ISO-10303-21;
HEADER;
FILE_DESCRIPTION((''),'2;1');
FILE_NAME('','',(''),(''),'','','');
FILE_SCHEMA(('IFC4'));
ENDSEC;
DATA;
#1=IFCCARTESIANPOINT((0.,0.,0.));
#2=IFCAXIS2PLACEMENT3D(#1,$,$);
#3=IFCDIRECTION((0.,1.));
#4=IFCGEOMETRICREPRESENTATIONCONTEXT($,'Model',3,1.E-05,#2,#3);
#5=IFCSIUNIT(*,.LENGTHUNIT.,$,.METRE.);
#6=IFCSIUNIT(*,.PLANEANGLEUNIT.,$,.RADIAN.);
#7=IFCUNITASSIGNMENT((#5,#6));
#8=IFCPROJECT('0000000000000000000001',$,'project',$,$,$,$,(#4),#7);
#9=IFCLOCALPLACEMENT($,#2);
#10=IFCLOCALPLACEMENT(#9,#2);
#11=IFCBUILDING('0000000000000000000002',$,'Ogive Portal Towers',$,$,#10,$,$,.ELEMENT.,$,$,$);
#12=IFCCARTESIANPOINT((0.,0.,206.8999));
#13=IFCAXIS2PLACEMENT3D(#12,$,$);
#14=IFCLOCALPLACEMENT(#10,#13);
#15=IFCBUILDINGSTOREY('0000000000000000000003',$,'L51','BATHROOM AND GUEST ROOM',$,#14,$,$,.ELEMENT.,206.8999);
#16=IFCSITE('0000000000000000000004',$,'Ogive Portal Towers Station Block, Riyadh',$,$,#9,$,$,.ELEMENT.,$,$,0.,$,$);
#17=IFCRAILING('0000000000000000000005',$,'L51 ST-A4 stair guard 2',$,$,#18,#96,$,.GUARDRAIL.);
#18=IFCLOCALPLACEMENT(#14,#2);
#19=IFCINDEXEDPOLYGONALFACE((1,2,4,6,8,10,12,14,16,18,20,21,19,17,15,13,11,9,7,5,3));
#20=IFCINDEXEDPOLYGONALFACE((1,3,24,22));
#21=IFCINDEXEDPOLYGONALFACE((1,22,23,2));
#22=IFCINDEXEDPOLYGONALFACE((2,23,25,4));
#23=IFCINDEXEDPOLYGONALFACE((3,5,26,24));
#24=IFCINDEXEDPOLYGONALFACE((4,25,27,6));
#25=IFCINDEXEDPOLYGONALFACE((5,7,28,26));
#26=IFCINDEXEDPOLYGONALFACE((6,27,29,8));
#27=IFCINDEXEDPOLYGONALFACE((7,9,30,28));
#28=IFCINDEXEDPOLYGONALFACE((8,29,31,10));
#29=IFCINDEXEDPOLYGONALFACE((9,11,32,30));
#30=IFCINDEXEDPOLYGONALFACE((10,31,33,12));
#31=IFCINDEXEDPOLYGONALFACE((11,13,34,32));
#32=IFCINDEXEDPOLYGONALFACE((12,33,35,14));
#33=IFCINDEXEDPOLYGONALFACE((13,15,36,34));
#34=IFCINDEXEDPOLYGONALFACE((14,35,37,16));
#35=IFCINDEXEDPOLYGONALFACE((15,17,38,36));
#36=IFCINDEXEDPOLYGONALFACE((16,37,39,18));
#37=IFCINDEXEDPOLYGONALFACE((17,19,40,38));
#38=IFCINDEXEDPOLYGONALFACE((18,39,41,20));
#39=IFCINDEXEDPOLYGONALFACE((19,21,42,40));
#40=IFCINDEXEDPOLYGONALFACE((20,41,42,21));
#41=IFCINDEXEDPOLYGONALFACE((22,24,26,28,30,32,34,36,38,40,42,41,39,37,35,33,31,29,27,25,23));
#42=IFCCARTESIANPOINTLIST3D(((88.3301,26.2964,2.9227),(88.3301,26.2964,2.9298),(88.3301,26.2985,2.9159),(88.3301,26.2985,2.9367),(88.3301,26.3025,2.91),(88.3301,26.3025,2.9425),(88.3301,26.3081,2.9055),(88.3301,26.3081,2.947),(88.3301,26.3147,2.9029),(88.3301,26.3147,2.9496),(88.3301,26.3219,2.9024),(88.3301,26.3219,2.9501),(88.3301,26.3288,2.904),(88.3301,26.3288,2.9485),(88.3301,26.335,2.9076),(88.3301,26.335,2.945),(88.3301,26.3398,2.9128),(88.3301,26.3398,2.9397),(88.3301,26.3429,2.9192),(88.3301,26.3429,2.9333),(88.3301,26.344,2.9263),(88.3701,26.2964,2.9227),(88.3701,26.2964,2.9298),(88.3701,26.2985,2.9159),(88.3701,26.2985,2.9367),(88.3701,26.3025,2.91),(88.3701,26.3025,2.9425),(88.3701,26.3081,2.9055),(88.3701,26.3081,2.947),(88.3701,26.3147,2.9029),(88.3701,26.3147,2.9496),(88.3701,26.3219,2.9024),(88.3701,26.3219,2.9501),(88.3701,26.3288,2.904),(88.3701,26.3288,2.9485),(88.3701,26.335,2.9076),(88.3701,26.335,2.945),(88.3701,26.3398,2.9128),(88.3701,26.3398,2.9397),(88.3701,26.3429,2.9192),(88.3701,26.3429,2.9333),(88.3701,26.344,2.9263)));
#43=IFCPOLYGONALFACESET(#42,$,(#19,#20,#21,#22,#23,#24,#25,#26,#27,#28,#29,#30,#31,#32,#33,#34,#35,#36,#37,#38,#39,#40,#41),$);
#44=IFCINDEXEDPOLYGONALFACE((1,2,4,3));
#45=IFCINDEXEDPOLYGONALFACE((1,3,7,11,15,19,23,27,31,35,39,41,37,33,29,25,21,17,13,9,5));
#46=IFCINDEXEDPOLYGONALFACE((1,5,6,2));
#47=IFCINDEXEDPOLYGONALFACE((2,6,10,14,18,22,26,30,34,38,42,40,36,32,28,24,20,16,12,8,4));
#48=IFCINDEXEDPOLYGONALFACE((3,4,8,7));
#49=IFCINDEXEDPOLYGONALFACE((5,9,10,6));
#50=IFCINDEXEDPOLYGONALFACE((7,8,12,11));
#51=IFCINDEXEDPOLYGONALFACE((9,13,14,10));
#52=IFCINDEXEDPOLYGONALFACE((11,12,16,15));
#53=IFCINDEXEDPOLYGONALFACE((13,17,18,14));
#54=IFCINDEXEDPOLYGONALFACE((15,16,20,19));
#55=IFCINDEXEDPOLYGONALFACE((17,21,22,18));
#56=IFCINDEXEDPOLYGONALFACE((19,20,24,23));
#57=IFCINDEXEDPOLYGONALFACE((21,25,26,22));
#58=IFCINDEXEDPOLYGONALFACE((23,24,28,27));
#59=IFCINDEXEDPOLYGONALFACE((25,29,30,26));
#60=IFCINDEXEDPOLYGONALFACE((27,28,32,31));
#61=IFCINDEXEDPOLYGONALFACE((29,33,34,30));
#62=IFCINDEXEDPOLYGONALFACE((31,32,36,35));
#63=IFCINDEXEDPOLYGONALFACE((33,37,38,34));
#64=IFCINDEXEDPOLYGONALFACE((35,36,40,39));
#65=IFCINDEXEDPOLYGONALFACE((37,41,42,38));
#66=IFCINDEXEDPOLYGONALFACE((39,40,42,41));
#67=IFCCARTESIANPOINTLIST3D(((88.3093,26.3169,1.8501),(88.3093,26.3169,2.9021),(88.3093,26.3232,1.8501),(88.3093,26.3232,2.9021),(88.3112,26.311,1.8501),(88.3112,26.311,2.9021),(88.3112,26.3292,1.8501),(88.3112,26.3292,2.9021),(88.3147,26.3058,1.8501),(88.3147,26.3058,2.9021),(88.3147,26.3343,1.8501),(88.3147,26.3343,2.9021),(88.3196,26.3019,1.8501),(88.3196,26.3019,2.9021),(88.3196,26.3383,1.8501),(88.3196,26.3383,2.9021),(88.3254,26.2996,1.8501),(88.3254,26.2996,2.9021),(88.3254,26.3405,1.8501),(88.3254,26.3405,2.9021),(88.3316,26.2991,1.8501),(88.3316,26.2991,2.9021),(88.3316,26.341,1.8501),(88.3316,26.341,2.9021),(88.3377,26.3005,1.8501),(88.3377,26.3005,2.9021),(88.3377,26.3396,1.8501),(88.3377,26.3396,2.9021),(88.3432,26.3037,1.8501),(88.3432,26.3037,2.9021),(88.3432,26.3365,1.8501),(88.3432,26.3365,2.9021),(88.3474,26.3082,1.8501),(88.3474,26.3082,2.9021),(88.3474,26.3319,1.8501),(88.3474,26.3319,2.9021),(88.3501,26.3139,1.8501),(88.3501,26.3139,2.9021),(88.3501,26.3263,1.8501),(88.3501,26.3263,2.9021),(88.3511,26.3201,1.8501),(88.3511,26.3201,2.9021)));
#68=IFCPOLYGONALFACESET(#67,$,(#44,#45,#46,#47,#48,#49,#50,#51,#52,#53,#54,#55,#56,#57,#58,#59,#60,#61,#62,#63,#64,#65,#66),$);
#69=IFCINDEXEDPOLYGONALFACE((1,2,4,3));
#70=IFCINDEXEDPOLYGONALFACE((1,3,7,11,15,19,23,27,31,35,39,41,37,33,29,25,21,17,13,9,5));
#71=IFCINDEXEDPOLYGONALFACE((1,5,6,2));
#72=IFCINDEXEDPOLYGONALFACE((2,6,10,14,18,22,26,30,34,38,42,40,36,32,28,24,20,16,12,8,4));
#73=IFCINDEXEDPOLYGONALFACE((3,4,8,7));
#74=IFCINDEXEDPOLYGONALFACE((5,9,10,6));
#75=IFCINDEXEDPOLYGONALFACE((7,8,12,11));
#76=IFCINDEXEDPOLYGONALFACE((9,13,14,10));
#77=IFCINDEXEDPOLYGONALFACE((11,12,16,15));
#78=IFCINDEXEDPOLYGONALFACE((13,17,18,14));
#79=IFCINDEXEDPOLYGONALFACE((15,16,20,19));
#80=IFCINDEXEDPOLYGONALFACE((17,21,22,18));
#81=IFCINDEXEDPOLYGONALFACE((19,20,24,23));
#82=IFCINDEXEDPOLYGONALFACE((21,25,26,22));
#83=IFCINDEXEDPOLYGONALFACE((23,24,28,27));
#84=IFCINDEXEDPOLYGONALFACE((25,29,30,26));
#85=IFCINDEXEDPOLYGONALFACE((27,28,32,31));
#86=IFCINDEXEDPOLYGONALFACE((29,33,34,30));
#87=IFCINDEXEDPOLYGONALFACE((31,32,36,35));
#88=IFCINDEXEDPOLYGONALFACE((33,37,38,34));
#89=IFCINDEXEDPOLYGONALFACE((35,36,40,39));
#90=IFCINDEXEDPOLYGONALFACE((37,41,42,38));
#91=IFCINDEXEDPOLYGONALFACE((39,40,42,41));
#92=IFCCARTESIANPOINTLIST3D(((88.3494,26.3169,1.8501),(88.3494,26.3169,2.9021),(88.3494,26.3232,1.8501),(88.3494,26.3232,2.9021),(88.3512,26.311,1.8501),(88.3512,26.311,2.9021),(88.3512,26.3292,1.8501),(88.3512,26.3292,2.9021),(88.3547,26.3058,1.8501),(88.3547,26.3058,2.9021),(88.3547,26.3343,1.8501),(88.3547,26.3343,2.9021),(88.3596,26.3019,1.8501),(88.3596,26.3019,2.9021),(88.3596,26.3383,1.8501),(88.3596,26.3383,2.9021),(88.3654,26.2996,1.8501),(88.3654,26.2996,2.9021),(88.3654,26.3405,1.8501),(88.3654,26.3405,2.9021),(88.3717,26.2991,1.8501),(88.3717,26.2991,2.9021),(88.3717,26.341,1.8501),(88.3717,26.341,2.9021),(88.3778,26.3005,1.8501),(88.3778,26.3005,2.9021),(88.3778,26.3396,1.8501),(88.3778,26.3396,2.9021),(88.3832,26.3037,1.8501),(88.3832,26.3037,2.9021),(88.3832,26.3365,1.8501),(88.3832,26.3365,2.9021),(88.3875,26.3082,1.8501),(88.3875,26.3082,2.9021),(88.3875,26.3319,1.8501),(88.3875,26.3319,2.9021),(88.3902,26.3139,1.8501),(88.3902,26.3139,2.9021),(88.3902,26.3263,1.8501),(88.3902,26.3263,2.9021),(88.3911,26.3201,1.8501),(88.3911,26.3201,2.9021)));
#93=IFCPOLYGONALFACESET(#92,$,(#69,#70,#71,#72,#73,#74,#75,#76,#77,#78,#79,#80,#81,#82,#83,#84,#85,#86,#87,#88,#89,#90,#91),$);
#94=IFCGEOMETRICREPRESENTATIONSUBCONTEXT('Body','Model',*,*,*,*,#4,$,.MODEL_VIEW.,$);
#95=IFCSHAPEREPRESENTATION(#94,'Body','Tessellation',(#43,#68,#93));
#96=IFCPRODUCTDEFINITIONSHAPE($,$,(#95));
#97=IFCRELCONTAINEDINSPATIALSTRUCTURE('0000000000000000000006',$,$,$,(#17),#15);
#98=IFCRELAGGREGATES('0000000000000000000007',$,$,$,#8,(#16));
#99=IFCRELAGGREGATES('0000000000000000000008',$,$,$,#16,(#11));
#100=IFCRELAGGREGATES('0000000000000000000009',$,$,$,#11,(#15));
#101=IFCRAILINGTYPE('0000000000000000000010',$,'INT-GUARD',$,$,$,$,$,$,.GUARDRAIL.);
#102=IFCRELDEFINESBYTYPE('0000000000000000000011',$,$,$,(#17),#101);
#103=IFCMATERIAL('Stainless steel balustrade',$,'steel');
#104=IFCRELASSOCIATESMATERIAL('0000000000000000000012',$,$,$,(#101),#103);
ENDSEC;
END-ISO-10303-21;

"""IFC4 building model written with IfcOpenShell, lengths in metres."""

from ifc_helpers import new_model, si_unit, direction, frame, origin, origin_2d, place, context, subcontext, project, spatial, circle, extrude, material, type_object, element, save


model = new_model("IFC4")

# Units and contexts
model_context = context("Model", 3, precision=1e-05, world=origin(), true_north=direction((0.0, 1.0)))
body_context = subcontext(model_context, "Body", "Model", "MODEL_VIEW")
ifc_project = project(units=[si_unit("LENGTHUNIT", "METRE"), si_unit("PLANEANGLEUNIT", "RADIAN")], contexts=[model_context])

# Site, building, storey
site_placement = place(None, origin())
site = spatial("IfcSite", under=ifc_project, at=site_placement, Name="Ogive Portal Towers Station Block, Riyadh", CompositionType="ELEMENT", RefElevation=0.0)
building_placement = place(site_placement, origin())
building = spatial("IfcBuilding", under=site, at=building_placement, Name="Ogive Portal Towers", CompositionType="ELEMENT")
storey_placement = place(building_placement, frame((0.0, 0.0, 206.8999)))
storey = spatial("IfcBuildingStorey", under=building, at=storey_placement, Name="L51", Description="BATHROOM AND GUEST ROOM", CompositionType="ELEMENT", Elevation=206.8999)

# Railing
ifc_material_1 = material(Name="Stainless steel balustrade", Category="steel")
railing_type_1 = type_object("IfcRailingType", Name="INT-GUARD", PredefinedType="GUARDRAIL", material=ifc_material_1)
railing_1_placement = place(storey_placement, frame((88.3301, 26.3201, 1.8501)))
element("IfcRailing", 1, at=railing_1_placement, inside=storey, type_object=railing_type_1, Name="L51 ST-A4 stair guard 2", PredefinedType="GUARDRAIL", context=body_context, shape_type="SweptSolid", body=[
    extrude(circle(Radius=0.0239, at=origin_2d()), frame((0.0, 0.0, 1.0762), z_axis=(1.0, 0.0, 0.0), x_axis=(0.0, 1.0, 0.0)), (0.0, 0.0, 1.0), 0.04),
    extrude(circle(Radius=0.021, at=origin_2d()), origin(), (0.0, 0.0, 1.0), 1.052),
    extrude(circle(Radius=0.021, at=origin_2d()), frame((0.04, 0.0, 0.0)), (0.0, 0.0, 1.0), 1.052),
])

save(model, "model.ifc")
